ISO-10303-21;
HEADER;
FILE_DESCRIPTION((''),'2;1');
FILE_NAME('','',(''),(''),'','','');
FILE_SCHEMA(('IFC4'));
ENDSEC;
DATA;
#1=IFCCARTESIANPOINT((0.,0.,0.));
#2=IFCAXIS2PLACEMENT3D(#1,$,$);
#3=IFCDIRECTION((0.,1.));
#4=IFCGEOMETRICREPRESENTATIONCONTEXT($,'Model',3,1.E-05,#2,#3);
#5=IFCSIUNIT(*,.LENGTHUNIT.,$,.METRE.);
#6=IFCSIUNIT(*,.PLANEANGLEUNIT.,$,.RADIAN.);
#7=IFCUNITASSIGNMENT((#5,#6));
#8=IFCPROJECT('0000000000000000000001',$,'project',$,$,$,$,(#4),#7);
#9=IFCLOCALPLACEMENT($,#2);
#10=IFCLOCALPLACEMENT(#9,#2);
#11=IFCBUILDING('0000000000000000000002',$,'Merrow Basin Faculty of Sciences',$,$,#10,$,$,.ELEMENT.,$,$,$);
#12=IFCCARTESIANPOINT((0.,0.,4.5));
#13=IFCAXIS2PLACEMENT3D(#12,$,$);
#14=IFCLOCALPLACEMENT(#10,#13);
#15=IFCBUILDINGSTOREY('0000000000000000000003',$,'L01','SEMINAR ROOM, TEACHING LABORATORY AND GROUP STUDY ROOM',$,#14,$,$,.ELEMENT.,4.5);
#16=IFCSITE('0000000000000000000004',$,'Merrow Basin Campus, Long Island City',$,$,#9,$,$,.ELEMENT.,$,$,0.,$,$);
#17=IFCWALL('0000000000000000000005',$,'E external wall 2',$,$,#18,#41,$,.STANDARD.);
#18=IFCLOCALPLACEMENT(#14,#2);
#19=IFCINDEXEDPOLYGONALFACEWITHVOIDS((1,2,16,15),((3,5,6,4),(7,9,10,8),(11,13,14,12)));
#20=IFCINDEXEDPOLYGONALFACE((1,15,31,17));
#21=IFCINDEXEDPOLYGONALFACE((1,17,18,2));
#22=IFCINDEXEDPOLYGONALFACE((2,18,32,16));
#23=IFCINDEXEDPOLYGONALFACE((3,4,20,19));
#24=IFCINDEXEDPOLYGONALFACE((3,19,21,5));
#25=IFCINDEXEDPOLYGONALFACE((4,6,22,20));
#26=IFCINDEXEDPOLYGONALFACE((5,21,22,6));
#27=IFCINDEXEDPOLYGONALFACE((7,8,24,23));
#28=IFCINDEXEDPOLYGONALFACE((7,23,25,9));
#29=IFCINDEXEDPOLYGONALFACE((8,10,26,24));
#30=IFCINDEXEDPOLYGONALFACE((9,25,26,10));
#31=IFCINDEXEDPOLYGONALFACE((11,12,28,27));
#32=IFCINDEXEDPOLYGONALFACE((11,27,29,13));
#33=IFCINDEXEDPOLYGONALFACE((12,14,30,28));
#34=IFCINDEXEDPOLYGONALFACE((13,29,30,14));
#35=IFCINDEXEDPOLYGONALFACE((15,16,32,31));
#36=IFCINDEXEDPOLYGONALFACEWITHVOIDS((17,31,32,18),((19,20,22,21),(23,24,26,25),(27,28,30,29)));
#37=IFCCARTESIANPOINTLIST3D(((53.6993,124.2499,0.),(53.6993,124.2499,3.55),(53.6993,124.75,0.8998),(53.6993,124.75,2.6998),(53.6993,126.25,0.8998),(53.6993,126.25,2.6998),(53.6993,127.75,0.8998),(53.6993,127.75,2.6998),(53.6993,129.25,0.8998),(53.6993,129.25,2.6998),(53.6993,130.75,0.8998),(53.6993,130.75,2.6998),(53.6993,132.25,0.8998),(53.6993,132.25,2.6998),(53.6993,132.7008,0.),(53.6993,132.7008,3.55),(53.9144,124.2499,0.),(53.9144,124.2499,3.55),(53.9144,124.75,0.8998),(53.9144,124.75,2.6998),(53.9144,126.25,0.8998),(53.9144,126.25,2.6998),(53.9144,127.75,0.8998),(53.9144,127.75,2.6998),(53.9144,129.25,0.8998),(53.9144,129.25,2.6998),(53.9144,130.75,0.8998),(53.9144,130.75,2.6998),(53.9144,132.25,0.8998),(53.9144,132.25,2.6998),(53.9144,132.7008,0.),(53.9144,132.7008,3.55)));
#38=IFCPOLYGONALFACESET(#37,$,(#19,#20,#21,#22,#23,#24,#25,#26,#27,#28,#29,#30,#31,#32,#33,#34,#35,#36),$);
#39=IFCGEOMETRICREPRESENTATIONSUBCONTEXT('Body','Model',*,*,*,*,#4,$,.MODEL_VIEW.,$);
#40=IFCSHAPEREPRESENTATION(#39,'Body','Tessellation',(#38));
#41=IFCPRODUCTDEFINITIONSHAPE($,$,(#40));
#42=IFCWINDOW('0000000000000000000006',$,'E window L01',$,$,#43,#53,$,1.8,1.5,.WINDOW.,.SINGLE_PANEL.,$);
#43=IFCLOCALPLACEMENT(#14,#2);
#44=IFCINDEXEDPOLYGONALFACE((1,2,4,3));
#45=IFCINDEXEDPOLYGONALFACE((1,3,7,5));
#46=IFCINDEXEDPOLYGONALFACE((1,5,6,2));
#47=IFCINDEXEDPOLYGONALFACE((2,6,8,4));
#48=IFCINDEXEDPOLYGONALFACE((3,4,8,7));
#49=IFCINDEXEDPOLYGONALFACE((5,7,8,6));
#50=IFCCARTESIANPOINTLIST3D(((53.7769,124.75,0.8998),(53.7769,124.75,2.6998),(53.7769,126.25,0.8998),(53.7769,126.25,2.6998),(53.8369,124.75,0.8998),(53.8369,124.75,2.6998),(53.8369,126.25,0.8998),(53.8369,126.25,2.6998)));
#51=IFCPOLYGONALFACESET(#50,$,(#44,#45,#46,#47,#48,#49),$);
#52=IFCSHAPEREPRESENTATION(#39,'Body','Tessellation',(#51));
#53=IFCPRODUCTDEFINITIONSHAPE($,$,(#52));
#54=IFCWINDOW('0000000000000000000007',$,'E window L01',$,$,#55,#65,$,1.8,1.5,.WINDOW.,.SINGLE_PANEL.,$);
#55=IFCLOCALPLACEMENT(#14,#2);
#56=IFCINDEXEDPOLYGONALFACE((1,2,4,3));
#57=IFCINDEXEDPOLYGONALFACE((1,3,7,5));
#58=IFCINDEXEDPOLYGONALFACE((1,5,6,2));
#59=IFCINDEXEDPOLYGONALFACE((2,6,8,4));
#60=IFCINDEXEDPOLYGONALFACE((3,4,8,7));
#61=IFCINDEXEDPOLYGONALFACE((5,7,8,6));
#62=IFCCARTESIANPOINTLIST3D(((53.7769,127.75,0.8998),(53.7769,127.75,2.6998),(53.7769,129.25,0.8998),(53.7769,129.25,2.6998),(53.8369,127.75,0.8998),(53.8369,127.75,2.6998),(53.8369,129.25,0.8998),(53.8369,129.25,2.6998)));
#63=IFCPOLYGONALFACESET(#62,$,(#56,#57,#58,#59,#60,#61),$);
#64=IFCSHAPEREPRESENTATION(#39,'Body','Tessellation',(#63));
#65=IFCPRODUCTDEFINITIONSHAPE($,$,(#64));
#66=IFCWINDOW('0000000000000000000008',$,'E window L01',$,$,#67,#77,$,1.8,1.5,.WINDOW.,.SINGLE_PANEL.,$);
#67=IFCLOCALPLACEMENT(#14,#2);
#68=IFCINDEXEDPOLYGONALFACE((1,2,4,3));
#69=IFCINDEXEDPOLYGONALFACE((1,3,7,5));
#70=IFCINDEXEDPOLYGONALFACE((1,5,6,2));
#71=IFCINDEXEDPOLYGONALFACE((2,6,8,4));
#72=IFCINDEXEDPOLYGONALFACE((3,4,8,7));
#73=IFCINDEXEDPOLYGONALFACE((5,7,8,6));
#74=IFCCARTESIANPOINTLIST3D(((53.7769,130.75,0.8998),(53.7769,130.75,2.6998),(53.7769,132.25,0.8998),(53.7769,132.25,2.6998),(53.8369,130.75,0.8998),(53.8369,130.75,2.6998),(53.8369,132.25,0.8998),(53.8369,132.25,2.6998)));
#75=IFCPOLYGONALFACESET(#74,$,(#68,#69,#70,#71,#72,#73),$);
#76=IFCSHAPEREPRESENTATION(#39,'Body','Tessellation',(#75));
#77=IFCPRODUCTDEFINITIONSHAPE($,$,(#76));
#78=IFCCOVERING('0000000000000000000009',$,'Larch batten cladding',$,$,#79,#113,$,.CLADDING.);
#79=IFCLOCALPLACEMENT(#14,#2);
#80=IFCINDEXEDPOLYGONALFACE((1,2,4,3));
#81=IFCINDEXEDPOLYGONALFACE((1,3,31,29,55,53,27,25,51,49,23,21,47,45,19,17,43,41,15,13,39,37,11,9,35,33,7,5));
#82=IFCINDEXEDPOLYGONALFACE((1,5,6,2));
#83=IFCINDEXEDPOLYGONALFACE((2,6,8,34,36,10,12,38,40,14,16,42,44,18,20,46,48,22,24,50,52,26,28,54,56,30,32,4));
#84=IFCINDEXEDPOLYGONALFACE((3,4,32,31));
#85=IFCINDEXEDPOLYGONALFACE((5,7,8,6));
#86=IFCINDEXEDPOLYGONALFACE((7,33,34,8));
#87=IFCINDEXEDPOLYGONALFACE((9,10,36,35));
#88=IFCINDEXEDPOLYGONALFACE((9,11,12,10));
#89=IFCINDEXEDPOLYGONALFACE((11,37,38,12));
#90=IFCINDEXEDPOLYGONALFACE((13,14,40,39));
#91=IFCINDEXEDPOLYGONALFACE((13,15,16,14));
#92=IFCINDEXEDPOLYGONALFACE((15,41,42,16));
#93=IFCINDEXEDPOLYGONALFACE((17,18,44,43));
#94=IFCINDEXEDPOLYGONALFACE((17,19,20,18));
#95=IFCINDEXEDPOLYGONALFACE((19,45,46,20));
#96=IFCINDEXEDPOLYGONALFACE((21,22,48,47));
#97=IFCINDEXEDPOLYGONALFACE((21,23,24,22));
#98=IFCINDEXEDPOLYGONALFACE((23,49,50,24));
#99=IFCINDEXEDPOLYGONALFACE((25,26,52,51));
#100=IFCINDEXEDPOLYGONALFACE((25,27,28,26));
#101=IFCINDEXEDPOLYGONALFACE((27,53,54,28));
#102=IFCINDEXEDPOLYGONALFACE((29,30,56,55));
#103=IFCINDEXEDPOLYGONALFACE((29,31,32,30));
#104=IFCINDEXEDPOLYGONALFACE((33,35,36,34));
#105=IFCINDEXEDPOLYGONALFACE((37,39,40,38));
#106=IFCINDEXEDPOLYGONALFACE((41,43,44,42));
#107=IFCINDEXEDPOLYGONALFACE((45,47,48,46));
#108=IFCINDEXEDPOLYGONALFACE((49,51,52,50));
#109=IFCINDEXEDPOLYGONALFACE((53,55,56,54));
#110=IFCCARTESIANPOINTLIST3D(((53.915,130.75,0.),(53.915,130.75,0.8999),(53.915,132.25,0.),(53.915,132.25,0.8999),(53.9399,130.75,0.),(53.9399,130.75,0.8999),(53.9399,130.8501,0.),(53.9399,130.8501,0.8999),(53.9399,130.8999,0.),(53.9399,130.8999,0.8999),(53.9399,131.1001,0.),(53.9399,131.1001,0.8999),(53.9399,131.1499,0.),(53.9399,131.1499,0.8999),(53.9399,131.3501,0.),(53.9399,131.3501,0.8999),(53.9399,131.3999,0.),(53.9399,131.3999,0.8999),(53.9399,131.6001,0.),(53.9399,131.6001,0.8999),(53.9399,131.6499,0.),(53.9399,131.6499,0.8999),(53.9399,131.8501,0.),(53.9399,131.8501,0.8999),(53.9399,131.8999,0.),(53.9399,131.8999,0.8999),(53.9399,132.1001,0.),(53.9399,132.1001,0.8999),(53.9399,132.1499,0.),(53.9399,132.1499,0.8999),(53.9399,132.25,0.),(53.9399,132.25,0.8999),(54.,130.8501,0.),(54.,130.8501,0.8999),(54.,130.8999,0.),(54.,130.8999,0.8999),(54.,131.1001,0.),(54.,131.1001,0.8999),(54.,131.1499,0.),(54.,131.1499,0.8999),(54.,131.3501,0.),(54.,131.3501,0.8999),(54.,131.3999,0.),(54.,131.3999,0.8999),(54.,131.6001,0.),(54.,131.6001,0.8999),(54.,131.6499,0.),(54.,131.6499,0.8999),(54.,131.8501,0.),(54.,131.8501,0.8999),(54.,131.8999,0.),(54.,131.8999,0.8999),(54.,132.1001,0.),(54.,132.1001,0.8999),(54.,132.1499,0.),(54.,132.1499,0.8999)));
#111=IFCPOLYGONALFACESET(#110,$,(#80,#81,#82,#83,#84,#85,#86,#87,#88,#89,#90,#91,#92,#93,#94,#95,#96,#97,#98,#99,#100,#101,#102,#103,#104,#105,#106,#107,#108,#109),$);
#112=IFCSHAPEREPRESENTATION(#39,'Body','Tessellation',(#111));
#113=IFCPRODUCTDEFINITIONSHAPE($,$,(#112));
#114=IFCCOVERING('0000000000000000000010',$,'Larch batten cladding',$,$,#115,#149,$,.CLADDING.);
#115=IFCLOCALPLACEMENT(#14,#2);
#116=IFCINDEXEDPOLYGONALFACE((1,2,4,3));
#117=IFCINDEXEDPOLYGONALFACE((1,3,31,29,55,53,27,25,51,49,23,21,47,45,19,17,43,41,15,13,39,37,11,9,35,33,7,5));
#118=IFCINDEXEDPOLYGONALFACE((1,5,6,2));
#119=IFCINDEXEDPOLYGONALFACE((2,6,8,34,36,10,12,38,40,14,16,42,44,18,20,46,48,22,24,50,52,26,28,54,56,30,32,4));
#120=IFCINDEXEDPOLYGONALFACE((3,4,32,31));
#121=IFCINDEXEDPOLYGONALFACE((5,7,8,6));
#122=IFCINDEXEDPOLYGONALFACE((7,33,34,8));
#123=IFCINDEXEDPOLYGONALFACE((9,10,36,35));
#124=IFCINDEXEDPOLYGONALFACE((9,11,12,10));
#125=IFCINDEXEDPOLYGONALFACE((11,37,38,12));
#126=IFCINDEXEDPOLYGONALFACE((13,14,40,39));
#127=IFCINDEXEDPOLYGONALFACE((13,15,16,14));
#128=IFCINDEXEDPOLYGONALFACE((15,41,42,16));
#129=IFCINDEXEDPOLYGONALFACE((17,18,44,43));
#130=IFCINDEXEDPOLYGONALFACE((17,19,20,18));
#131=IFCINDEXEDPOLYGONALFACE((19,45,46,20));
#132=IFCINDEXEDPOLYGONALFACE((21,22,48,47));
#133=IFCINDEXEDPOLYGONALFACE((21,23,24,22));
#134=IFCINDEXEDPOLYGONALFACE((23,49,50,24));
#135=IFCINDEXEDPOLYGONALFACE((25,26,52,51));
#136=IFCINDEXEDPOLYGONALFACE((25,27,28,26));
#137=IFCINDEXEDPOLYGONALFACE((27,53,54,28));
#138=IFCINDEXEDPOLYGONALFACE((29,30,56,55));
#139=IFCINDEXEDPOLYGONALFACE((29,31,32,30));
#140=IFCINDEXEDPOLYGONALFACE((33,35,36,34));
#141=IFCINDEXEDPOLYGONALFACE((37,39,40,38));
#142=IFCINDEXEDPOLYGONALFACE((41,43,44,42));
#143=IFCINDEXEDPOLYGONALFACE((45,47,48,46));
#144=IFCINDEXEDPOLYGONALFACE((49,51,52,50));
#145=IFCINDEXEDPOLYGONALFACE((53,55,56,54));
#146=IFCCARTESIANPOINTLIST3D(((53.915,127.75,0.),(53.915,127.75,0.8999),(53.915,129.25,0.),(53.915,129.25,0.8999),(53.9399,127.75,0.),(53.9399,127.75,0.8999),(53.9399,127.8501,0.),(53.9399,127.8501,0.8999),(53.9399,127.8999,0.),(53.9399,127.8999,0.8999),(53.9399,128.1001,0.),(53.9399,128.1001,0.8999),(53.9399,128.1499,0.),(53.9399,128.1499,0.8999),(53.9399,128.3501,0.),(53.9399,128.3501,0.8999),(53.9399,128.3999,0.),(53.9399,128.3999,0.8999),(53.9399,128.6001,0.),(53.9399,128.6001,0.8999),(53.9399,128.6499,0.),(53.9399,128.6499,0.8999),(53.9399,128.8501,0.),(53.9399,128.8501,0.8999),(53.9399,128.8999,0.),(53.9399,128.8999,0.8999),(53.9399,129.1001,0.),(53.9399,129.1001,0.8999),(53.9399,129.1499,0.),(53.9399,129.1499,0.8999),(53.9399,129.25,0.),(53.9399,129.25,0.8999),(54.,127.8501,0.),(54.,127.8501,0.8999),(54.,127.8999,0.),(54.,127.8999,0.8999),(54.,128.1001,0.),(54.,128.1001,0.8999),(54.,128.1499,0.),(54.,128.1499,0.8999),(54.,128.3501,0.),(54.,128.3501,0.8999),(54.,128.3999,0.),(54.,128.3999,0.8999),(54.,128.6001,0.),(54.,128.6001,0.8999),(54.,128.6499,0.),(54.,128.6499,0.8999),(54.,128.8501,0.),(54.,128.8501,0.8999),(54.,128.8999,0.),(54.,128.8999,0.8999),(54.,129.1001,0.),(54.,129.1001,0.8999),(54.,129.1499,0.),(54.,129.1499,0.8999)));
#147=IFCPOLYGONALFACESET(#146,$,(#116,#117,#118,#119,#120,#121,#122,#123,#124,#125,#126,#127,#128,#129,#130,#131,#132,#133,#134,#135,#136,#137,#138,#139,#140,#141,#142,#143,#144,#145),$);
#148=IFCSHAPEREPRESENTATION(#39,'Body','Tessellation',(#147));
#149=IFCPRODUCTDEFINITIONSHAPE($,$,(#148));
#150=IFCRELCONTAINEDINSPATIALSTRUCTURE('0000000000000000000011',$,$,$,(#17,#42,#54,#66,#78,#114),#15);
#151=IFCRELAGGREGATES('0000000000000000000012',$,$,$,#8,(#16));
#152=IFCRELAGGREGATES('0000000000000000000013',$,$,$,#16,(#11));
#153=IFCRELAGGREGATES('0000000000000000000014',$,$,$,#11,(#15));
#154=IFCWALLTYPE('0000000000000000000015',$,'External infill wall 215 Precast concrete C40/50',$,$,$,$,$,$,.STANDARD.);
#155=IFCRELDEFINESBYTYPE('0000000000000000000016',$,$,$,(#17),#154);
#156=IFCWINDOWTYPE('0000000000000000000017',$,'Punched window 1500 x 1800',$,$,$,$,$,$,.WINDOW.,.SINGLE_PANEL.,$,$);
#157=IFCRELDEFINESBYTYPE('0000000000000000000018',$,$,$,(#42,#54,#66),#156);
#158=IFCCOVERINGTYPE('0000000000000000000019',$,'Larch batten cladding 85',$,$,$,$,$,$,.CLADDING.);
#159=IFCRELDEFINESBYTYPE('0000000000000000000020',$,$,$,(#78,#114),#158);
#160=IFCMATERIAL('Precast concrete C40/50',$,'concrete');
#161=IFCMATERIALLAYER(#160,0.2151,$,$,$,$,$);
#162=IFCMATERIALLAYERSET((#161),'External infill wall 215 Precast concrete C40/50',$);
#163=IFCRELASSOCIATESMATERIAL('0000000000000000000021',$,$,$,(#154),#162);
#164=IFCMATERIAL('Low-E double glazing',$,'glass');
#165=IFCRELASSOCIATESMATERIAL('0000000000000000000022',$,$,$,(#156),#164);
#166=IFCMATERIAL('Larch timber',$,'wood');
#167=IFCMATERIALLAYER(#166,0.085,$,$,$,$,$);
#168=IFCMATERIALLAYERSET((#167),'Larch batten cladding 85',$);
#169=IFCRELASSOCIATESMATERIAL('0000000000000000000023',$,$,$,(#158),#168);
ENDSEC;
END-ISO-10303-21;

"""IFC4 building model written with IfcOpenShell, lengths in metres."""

from ifc_helpers import new_model, si_unit, direction, frame, frame_2d, origin, place, context, subcontext, project, spatial, polyline, rectangle, outline, extrude, source, transform, mapped, material, layer, layer_set, type_object, element, fill, save


model = new_model("IFC4")

# Units and contexts
model_context = context("Model", 3, precision=1e-05, world=origin(), true_north=direction((0.0, 1.0)))
body_context = subcontext(model_context, "Body", "Model", "MODEL_VIEW")
ifc_project = project(units=[si_unit("LENGTHUNIT", "METRE"), si_unit("PLANEANGLEUNIT", "RADIAN")], contexts=[model_context])

# Site, building, storey
site_placement = place(None, origin())
site = spatial("IfcSite", under=ifc_project, at=site_placement, Name="Merrow Basin Campus, Long Island City", CompositionType="ELEMENT", RefElevation=0.0)
building_placement = place(site_placement, origin())
building = spatial("IfcBuilding", under=site, at=building_placement, Name="Merrow Basin Faculty of Sciences", CompositionType="ELEMENT")
storey_placement = place(building_placement, frame((0.0, 0.0, 4.5)))
storey = spatial("IfcBuildingStorey", under=building, at=storey_placement, Name="L01", Description="SEMINAR ROOM, TEACHING LABORATORY AND GROUP STUDY ROOM", CompositionType="ELEMENT", Elevation=4.5)

# Wall, openings, windows
ifc_material_1 = material(Name="Precast concrete C40/50", Category="concrete")
ifc_layer_1 = layer(ifc_material_1, 0.2151)
ifc_layer_set_1 = layer_set([ifc_layer_1], Name="External infill wall 215 Precast concrete C40/50")
wall_type = type_object("IfcWallType", Name="External infill wall 215 Precast concrete C40/50", PredefinedType="STANDARD", material=ifc_layer_set_1)
wall_1_placement = place(storey_placement, frame((53.8069, 132.7009, 0.0), z_axis=(0.0, 0.0, 1.0), x_axis=(0.0, -1.0, 0.0)))
wall_1 = element("IfcWall", 1, at=wall_1_placement, inside=storey, type_object=wall_type, Name="E external wall 2", PredefinedType="STANDARD", context=body_context, shape_type="SweptSolid", body=[
    extrude(rectangle(XDim=8.4509, YDim=0.2151, at=frame_2d((4.2256, 0.0))), origin(), (0.0, 0.0, 1.0), 3.55),
])
opening_1_placement = place(wall_1_placement, frame((6.4509, 0.0, 0.8999)))
opening_1 = element("IfcOpeningElement", 2, at=opening_1_placement, cuts=wall_1, PredefinedType="OPENING", context=body_context, shape_type="SweptSolid", body=[
    extrude(rectangle(XDim=1.5, YDim=1.8, at=frame_2d((0.75, 0.8999))), frame((0.0, 0.1174, 0.0), z_axis=(0.0, -1.0, 0.0), x_axis=(1.0, 0.0, 0.0)), (0.0, 0.0, 1.0), 0.2351),
])
opening_2_placement = place(wall_1_placement, frame((3.4509, 0.0, 0.8999)))
opening_2 = element("IfcOpeningElement", 3, at=opening_2_placement, cuts=wall_1, PredefinedType="OPENING", context=body_context, shape_type="SweptSolid", body=[
    extrude(rectangle(XDim=1.5, YDim=1.8, at=frame_2d((0.75, 0.8999))), frame((0.0, 0.1174, 0.0), z_axis=(0.0, -1.0, 0.0), x_axis=(1.0, 0.0, 0.0)), (0.0, 0.0, 1.0), 0.2351),
])
opening_3_placement = place(wall_1_placement, frame((0.4509, 0.0, 0.8999)))
opening_3 = element("IfcOpeningElement", 4, at=opening_3_placement, cuts=wall_1, PredefinedType="OPENING", context=body_context, shape_type="SweptSolid", body=[
    extrude(rectangle(XDim=1.5, YDim=1.8, at=frame_2d((0.75, 0.8999))), frame((0.0, 0.1174, 0.0), z_axis=(0.0, -1.0, 0.0), x_axis=(1.0, 0.0, 0.0)), (0.0, 0.0, 1.0), 0.2351),
])
ifc_material_2 = material(Name="Low-E double glazing", Category="glass")
window_type_1 = type_object("IfcWindowType", Name="Punched window 1500 x 1800", PartitioningType="SINGLE_PANEL", PredefinedType="WINDOW", material=ifc_material_2)
window_1_placement = place(opening_1_placement, origin())
window_1 = element("IfcWindow", 5, at=window_1_placement, inside=storey, type_object=window_type_1, Name="E window L01", OverallHeight=1.8, OverallWidth=1.5, PartitioningType="SINGLE_PANEL", PredefinedType="WINDOW", context=body_context, shape_type="SweptSolid", body=[
    extrude(rectangle(XDim=1.5, YDim=1.8, at=frame_2d((0.75, 0.8999))), frame((0.0, 0.03, 0.0), z_axis=(0.0, -1.0, 0.0), x_axis=(1.0, 0.0, 0.0)), (0.0, 0.0, 1.0), 0.0601),
])
fill(opening_1, window_1)
window_2_placement = place(opening_2_placement, origin())
window_2 = element("IfcWindow", 6, at=window_2_placement, inside=storey, type_object=window_type_1, Name="E window L01", OverallHeight=1.8, OverallWidth=1.5, PartitioningType="SINGLE_PANEL", PredefinedType="WINDOW", context=body_context, shape_type="SweptSolid", body=[
    extrude(rectangle(XDim=1.5, YDim=1.8, at=frame_2d((0.75, 0.8999))), frame((0.0, 0.03, 0.0), z_axis=(0.0, -1.0, 0.0), x_axis=(1.0, 0.0, 0.0)), (0.0, 0.0, 1.0), 0.0601),
])
fill(opening_2, window_2)
window_3_placement = place(opening_3_placement, origin())
window_3 = element("IfcWindow", 7, at=window_3_placement, inside=storey, type_object=window_type_1, Name="E window L01", OverallHeight=1.8, OverallWidth=1.5, PartitioningType="SINGLE_PANEL", PredefinedType="WINDOW", context=body_context, shape_type="SweptSolid", body=[
    extrude(rectangle(XDim=1.5, YDim=1.8, at=frame_2d((0.75, 0.8999))), frame((0.0, 0.03, 0.0), z_axis=(0.0, -1.0, 0.0), x_axis=(1.0, 0.0, 0.0)), (0.0, 0.0, 1.0), 0.0601),
])
fill(opening_3, window_3)

# Coverings
ifc_material_3 = material(Name="Larch timber", Category="wood")
ifc_layer_2 = layer(ifc_material_3, 0.085)
ifc_layer_set_2 = layer_set([ifc_layer_2], Name="Larch batten cladding 85")
covering_type = type_object("IfcCoveringType", Name="Larch batten cladding 85", PredefinedType="CLADDING", material=ifc_layer_set_2)
shared_shape_1 = source(origin(), body_context, "Body", "SweptSolid", [
    extrude(outline(polyline([(0.0, 0.0), (1.5, 0.0), (1.5, 0.0249), (1.3999, 0.0249), (1.3999, 0.085), (1.3501, 0.085), (1.3501, 0.0249), (1.1499, 0.0249), (1.1499, 0.085), (1.1001, 0.085), (1.1001, 0.0249), (0.8999, 0.0249), (0.8999, 0.085), (0.8501, 0.085), (0.8501, 0.0249), (0.6499, 0.0249), (0.6499, 0.085), (0.6001, 0.085), (0.6001, 0.0249), (0.3999, 0.0249), (0.3999, 0.085), (0.3501, 0.085), (0.3501, 0.0249), (0.1499, 0.0249), (0.1499, 0.085), (0.1001, 0.085), (0.1001, 0.0249), (0.0, 0.0249), (0.0, 0.0)])), origin(), (0.0, 0.0, 1.0), 0.8999),
])
for number, where, z_axis, x_axis, name in (
    (8, (53.915, 132.25, 0.0), (0.0, 0.0, 1.0), (0.0, -1.0, 0.0), "Larch batten cladding"),
    (9, (53.915, 129.25, 0.0), (0.0, 0.0, 1.0), (0.0, -1.0, 0.0), "Larch batten cladding"),
):
    element("IfcCovering", number, at=place(storey_placement, frame(where, z_axis=z_axis, x_axis=x_axis)), inside=storey, type_object=covering_type, Name=name, PredefinedType="CLADDING", context=body_context, shape_type="MappedRepresentation", body=[
        mapped(shared_shape_1, transform((0.0, 0.0, 0.0), scale=1.0)),
    ])

save(model, "model.ifc")
